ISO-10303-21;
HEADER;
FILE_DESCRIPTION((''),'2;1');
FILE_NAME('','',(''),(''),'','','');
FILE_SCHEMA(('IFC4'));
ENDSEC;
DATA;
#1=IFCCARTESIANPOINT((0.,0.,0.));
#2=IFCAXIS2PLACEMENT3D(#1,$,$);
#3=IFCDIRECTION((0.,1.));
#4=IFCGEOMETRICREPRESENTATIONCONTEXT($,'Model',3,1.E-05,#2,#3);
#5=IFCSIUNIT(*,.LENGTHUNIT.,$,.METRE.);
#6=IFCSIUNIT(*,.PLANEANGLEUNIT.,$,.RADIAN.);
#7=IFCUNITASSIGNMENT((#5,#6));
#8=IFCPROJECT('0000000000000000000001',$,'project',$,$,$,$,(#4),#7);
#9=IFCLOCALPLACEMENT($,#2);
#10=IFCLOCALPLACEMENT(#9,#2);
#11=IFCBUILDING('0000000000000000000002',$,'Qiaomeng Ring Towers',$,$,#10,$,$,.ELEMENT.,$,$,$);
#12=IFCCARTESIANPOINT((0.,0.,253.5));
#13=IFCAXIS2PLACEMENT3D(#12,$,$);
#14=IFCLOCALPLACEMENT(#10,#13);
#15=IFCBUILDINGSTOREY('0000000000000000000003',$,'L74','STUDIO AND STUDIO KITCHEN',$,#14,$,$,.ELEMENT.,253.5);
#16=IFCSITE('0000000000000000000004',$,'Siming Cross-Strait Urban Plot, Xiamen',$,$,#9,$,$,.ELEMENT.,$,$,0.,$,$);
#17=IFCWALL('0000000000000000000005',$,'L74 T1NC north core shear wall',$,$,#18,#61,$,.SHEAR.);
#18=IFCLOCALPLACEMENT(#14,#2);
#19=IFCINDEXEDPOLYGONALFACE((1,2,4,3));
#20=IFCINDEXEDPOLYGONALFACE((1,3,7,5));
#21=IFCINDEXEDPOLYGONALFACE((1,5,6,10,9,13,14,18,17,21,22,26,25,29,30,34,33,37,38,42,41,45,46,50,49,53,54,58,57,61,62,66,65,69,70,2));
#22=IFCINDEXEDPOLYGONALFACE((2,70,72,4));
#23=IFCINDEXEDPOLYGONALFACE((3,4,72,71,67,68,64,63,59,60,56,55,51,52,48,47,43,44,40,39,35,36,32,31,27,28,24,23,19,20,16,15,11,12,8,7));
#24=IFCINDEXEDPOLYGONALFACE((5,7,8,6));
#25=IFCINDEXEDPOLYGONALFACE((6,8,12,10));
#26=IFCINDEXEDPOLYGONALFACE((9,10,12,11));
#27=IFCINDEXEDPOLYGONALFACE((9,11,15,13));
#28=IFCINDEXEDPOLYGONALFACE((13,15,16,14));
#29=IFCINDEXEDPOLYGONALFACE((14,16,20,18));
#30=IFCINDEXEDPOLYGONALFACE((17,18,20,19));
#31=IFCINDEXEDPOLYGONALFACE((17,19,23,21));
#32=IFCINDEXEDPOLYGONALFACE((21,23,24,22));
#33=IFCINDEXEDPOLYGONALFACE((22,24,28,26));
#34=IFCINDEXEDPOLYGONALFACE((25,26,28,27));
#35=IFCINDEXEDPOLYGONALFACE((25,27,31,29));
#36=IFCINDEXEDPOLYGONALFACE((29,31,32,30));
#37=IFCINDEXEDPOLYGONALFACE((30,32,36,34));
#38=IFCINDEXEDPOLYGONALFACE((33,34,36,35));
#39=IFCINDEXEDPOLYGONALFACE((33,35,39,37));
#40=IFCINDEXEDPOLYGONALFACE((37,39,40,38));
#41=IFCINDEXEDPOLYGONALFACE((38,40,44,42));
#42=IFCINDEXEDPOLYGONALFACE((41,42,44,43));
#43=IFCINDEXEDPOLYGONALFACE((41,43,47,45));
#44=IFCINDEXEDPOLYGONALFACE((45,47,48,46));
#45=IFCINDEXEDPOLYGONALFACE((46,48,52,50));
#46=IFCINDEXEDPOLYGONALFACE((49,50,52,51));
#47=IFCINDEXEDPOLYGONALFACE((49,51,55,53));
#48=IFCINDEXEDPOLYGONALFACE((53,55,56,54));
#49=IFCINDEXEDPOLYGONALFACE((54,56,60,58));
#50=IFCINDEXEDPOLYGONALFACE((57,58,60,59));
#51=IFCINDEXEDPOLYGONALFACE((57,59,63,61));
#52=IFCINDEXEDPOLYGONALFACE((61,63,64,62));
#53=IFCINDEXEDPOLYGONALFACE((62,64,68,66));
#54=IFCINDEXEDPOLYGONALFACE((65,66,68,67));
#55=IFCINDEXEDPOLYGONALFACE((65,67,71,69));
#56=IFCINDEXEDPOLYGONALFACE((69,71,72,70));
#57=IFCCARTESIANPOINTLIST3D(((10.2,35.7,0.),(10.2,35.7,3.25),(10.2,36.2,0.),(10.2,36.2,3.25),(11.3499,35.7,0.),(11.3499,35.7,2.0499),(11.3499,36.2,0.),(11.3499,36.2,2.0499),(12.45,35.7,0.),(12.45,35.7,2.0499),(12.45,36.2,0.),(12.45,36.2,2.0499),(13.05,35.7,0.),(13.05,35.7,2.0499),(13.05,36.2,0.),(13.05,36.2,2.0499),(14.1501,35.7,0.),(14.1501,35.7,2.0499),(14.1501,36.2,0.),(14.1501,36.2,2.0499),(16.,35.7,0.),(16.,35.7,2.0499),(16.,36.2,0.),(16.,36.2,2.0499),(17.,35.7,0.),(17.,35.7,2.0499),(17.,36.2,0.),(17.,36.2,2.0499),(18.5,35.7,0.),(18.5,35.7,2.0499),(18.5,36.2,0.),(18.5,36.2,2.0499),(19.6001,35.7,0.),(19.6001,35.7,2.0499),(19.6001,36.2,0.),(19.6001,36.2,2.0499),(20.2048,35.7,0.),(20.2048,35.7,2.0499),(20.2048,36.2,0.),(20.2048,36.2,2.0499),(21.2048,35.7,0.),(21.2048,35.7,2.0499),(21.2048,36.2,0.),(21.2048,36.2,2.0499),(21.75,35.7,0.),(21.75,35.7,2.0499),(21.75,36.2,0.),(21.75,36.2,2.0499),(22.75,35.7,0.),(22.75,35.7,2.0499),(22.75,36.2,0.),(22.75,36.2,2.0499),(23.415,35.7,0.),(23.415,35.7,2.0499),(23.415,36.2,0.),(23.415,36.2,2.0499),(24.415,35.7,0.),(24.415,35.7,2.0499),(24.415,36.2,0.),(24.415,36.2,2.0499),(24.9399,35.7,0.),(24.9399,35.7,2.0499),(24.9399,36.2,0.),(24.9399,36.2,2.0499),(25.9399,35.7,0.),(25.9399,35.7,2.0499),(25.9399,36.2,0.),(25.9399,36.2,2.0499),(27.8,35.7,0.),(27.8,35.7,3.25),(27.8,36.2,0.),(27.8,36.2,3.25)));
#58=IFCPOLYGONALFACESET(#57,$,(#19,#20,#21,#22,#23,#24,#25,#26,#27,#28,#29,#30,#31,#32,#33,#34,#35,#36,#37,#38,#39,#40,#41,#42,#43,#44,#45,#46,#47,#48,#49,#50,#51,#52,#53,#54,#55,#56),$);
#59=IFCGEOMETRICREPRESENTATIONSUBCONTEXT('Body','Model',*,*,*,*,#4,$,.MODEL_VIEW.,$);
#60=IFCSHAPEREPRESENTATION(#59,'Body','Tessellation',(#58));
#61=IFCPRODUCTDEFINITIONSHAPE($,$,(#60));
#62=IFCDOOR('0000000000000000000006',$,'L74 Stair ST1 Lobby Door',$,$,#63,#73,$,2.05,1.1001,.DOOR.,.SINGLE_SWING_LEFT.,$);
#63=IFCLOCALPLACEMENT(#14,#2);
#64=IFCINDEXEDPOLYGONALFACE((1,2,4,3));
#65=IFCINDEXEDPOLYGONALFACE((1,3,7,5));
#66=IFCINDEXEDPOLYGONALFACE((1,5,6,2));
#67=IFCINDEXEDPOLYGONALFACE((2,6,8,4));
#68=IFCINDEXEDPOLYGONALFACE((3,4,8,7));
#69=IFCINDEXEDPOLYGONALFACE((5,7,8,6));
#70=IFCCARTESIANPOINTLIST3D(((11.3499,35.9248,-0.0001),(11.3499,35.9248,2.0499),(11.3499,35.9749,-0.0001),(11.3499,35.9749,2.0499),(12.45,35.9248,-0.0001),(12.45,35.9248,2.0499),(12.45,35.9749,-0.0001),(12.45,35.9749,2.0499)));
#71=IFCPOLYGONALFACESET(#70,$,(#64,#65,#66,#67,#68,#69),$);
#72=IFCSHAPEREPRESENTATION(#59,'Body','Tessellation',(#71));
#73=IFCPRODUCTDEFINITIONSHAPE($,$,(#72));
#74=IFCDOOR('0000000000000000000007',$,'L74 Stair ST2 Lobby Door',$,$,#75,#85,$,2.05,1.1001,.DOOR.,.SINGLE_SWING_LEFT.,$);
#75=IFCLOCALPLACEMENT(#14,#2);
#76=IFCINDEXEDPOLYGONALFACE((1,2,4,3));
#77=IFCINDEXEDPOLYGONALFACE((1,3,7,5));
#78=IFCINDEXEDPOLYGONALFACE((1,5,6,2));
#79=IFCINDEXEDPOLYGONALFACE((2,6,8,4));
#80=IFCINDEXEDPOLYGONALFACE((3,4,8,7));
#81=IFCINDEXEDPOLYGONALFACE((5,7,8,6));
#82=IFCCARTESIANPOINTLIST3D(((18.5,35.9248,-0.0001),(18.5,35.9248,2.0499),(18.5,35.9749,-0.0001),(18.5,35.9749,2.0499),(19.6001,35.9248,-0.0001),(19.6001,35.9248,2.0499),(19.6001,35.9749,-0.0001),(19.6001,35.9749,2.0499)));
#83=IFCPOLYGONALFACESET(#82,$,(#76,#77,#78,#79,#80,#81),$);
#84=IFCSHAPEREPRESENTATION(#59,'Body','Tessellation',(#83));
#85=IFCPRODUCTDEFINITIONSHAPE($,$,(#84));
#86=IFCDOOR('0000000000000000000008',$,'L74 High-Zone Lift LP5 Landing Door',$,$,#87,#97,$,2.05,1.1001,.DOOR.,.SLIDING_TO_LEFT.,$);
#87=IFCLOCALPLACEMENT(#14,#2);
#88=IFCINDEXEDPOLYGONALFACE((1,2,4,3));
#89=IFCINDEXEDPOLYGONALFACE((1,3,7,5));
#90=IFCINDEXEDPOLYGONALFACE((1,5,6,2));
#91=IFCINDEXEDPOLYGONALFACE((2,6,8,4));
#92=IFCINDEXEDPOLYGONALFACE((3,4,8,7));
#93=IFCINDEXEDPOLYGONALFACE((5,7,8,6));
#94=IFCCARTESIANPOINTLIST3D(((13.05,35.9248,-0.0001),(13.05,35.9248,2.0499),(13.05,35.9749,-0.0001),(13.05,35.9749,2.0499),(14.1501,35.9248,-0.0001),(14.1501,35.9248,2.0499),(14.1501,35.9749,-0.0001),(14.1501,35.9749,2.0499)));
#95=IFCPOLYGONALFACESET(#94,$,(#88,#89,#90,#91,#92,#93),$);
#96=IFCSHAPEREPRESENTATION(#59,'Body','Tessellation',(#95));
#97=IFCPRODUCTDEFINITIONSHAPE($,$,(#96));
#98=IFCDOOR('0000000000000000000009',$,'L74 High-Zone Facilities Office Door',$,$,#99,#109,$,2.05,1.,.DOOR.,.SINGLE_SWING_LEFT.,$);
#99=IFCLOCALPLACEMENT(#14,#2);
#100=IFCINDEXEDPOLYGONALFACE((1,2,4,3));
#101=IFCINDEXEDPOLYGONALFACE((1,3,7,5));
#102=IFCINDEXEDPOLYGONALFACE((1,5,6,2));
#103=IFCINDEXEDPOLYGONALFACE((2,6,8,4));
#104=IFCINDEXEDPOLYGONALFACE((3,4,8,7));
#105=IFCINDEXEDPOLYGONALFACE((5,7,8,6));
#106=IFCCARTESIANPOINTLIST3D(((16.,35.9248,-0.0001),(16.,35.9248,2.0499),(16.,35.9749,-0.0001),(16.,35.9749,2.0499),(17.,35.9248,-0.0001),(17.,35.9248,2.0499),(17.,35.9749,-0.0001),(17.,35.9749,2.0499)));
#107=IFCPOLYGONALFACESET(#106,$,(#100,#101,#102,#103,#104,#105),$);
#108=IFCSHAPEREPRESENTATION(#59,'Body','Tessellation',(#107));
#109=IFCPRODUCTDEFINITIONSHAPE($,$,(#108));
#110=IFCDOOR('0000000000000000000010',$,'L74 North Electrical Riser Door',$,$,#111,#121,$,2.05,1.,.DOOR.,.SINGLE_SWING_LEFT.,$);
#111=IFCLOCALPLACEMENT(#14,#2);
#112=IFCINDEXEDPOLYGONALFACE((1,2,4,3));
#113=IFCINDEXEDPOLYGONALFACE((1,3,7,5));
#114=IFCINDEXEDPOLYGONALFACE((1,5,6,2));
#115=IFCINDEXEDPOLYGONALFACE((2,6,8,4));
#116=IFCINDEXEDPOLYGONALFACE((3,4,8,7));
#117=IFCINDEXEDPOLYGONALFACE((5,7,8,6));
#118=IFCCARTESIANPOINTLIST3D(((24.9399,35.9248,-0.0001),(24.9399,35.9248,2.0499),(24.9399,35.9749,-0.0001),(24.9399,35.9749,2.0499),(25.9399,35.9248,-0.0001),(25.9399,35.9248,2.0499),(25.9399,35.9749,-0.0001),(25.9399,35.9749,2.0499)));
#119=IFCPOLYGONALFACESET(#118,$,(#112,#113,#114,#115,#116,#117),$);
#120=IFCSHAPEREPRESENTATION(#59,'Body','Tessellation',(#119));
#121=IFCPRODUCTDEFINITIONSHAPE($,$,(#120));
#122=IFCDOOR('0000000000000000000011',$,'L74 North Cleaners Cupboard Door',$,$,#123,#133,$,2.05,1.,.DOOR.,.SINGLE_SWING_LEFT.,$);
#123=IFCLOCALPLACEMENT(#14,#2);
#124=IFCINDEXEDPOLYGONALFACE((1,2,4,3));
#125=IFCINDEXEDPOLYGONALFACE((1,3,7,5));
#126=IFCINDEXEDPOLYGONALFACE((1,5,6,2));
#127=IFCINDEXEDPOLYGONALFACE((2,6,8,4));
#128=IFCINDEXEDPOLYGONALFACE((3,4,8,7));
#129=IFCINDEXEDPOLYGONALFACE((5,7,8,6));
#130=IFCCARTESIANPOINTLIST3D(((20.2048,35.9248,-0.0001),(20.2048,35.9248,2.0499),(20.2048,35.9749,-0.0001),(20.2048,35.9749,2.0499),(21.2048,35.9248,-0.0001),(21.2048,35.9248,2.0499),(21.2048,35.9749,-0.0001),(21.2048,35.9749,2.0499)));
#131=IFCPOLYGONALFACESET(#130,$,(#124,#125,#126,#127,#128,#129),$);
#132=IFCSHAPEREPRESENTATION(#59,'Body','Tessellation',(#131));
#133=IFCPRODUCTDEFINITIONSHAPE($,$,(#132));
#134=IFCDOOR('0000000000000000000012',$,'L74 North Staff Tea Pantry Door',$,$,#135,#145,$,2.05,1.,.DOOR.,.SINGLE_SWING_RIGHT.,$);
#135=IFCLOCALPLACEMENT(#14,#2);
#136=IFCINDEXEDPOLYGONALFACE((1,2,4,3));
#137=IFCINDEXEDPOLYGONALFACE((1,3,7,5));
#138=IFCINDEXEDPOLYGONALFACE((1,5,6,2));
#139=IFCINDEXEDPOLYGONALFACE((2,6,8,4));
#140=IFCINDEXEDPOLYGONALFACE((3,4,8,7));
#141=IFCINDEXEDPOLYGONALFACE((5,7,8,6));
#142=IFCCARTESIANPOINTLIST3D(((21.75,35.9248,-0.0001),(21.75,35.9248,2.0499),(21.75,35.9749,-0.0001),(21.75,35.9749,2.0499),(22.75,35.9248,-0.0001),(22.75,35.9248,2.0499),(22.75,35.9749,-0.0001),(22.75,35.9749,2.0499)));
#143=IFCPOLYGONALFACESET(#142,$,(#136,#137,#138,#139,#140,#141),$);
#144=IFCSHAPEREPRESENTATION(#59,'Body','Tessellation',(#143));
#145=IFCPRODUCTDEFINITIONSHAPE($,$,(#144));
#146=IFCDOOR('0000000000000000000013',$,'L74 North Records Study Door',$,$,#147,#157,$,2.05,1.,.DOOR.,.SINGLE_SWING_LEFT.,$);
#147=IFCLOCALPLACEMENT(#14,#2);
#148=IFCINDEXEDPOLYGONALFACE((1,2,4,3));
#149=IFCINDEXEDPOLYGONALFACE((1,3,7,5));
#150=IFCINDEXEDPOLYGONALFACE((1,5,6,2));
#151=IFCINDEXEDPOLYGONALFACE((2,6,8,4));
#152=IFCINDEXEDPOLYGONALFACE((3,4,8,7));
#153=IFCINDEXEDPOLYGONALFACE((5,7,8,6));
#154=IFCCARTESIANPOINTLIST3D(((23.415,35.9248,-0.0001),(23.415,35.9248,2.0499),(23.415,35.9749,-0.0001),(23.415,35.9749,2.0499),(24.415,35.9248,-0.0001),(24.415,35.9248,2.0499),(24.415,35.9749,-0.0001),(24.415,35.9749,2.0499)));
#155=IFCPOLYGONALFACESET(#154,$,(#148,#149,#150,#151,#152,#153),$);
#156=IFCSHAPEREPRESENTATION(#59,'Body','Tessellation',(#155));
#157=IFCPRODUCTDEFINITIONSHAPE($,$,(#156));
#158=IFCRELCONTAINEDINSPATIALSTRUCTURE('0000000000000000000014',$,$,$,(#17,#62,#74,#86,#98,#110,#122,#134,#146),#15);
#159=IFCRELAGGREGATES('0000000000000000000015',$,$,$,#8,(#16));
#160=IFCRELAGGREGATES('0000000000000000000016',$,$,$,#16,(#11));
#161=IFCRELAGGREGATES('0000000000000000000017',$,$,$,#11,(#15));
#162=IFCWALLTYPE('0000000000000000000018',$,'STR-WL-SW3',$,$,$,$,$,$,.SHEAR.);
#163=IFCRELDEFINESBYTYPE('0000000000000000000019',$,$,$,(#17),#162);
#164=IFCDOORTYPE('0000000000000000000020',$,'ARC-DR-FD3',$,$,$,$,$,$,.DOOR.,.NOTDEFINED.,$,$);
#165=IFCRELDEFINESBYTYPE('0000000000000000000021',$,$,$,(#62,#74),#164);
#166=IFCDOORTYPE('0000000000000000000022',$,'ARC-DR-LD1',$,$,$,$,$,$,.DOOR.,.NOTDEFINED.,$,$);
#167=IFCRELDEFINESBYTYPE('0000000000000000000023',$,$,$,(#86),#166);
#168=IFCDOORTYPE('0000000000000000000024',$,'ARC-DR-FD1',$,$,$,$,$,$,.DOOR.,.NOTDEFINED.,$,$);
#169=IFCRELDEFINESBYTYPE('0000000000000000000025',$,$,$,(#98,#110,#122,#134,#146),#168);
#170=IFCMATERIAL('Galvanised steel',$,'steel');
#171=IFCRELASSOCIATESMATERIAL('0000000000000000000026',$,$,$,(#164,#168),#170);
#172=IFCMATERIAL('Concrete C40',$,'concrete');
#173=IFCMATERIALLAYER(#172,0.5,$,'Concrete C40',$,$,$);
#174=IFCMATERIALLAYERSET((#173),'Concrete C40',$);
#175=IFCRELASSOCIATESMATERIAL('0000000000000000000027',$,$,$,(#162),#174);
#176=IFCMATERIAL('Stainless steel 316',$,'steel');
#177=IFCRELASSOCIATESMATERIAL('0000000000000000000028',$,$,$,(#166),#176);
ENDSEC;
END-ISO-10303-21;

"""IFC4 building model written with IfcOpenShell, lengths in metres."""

from ifc_helpers import new_model, si_unit, direction, frame, frame_2d, origin, place, context, subcontext, project, spatial, rectangle, extrude, source, transform, mapped, material, layer, layer_set, type_object, element, fill, save


model = new_model("IFC4")

# Units and contexts
model_context = context("Model", 3, precision=1e-05, world=origin(), true_north=direction((0.0, 1.0)))
body_context = subcontext(model_context, "Body", "Model", "MODEL_VIEW")
ifc_project = project(units=[si_unit("LENGTHUNIT", "METRE"), si_unit("PLANEANGLEUNIT", "RADIAN")], contexts=[model_context])

# Site, building, storey
site_placement = place(None, origin())
site = spatial("IfcSite", under=ifc_project, at=site_placement, Name="Siming Cross-Strait Urban Plot, Xiamen", CompositionType="ELEMENT", RefElevation=0.0)
building_placement = place(site_placement, origin())
building = spatial("IfcBuilding", under=site, at=building_placement, Name="Qiaomeng Ring Towers", CompositionType="ELEMENT")
storey_placement = place(building_placement, frame((0.0, 0.0, 253.5)))
storey = spatial("IfcBuildingStorey", under=building, at=storey_placement, Name="L74", Description="STUDIO AND STUDIO KITCHEN", CompositionType="ELEMENT", Elevation=253.5)

# Shared definitions
ifc_material_1 = material(Name="Concrete C40", Category="concrete")

# Shared definitions
ifc_material_2 = material(Name="Galvanised steel", Category="steel")
door_type_1 = type_object("IfcDoorType", Name="ARC-DR-FD3", OperationType="NOTDEFINED", PredefinedType="DOOR", material=ifc_material_2)
shared_shape_1 = source(origin(), body_context, "Body", "SweptSolid", [
    extrude(rectangle(XDim=1.1001, YDim=2.05, at=frame_2d((0.55, 1.0249))), frame((0.0, 0.0249, 0.0), z_axis=(0.0, -1.0, 0.0), x_axis=(1.0, 0.0, 0.0)), (0.0, 0.0, 1.0), 0.05),
])

# Wall, openings, doors
ifc_layer_1 = layer(ifc_material_1, 0.5, Name="Concrete C40")
ifc_layer_set_1 = layer_set([ifc_layer_1], Name="Concrete C40")
wall_type_1 = type_object("IfcWallType", Name="STR-WL-SW3", PredefinedType="SHEAR", material=ifc_layer_set_1)
wall_1_placement = place(storey_placement, frame((10.2, 35.95, 0.0), z_axis=(0.0, 0.0, 1.0), x_axis=(1.0, 0.0, 0.0)))
wall_1 = element("IfcWall", 1, at=wall_1_placement, inside=storey, type_object=wall_type_1, Name="L74 T1NC north core shear wall", PredefinedType="SHEAR", context=body_context, shape_type="SweptSolid", body=[
    extrude(rectangle(XDim=17.6001, YDim=0.5, at=frame_2d((8.8, 0.0))), origin(), (0.0, 0.0, 1.0), 3.25),
])
opening_1_placement = place(wall_1_placement, frame((1.1499, 0.0, 0.0)))
opening_1 = element("IfcOpeningElement", 2, at=opening_1_placement, cuts=wall_1, PredefinedType="OPENING", context=body_context, shape_type="SweptSolid", body=[
    extrude(rectangle(XDim=1.1001, YDim=2.05, at=frame_2d((0.55, 1.0249))), frame((0.0, 0.26, 0.0), z_axis=(0.0, -1.0, 0.0), x_axis=(1.0, 0.0, 0.0)), (0.0, 0.0, 1.0), 0.52),
])
opening_2_placement = place(wall_1_placement, frame((8.3, 0.0, 0.0)))
opening_2 = element("IfcOpeningElement", 3, at=opening_2_placement, cuts=wall_1, PredefinedType="OPENING", context=body_context, shape_type="SweptSolid", body=[
    extrude(rectangle(XDim=1.1001, YDim=2.05, at=frame_2d((0.55, 1.0249))), frame((0.0, 0.26, 0.0), z_axis=(0.0, -1.0, 0.0), x_axis=(1.0, 0.0, 0.0)), (0.0, 0.0, 1.0), 0.52),
])
opening_3_placement = place(wall_1_placement, frame((2.8501, 0.0, 0.0)))
opening_3 = element("IfcOpeningElement", 4, at=opening_3_placement, cuts=wall_1, PredefinedType="OPENING", context=body_context, shape_type="SweptSolid", body=[
    extrude(rectangle(XDim=1.1001, YDim=2.05, at=frame_2d((0.55, 1.0249))), frame((0.0, 0.26, 0.0), z_axis=(0.0, -1.0, 0.0), x_axis=(1.0, 0.0, 0.0)), (0.0, 0.0, 1.0), 0.52),
])
opening_4_placement = place(wall_1_placement, frame((5.8, 0.0, 0.0)))
opening_4 = element("IfcOpeningElement", 5, at=opening_4_placement, cuts=wall_1, PredefinedType="OPENING", context=body_context, shape_type="SweptSolid", body=[
    extrude(rectangle(XDim=1.0, YDim=2.05, at=frame_2d((0.5, 1.0249))), frame((0.0, 0.26, 0.0), z_axis=(0.0, -1.0, 0.0), x_axis=(1.0, 0.0, 0.0)), (0.0, 0.0, 1.0), 0.52),
])
opening_5_placement = place(wall_1_placement, frame((14.74, 0.0, 0.0)))
opening_5 = element("IfcOpeningElement", 6, at=opening_5_placement, cuts=wall_1, PredefinedType="OPENING", context=body_context, shape_type="SweptSolid", body=[
    extrude(rectangle(XDim=1.0, YDim=2.05, at=frame_2d((0.5, 1.0249))), frame((0.0, 0.26, 0.0), z_axis=(0.0, -1.0, 0.0), x_axis=(1.0, 0.0, 0.0)), (0.0, 0.0, 1.0), 0.52),
])
opening_6_placement = place(wall_1_placement, frame((10.0049, 0.0, 0.0)))
opening_6 = element("IfcOpeningElement", 7, at=opening_6_placement, cuts=wall_1, PredefinedType="OPENING", context=body_context, shape_type="SweptSolid", body=[
    extrude(rectangle(XDim=1.0, YDim=2.05, at=frame_2d((0.5, 1.0249))), frame((0.0, 0.26, 0.0), z_axis=(0.0, -1.0, 0.0), x_axis=(1.0, 0.0, 0.0)), (0.0, 0.0, 1.0), 0.52),
])
opening_7_placement = place(wall_1_placement, frame((11.55, 0.0, 0.0)))
opening_7 = element("IfcOpeningElement", 8, at=opening_7_placement, cuts=wall_1, PredefinedType="OPENING", context=body_context, shape_type="SweptSolid", body=[
    extrude(rectangle(XDim=1.0, YDim=2.05, at=frame_2d((0.5, 1.0249))), frame((0.0, 0.26, 0.0), z_axis=(0.0, -1.0, 0.0), x_axis=(1.0, 0.0, 0.0)), (0.0, 0.0, 1.0), 0.52),
])
opening_8_placement = place(wall_1_placement, frame((13.2151, 0.0, 0.0)))
opening_8 = element("IfcOpeningElement", 9, at=opening_8_placement, cuts=wall_1, PredefinedType="OPENING", context=body_context, shape_type="SweptSolid", body=[
    extrude(rectangle(XDim=1.0, YDim=2.05, at=frame_2d((0.5, 1.0249))), frame((0.0, 0.26, 0.0), z_axis=(0.0, -1.0, 0.0), x_axis=(1.0, 0.0, 0.0)), (0.0, 0.0, 1.0), 0.52),
])
door_1_placement = place(opening_1_placement, origin())
door_1 = element("IfcDoor", 10, at=door_1_placement, inside=storey, type_object=door_type_1, Name="L74 Stair ST1 Lobby Door", OperationType="SINGLE_SWING_LEFT", OverallHeight=2.05, OverallWidth=1.1001, PredefinedType="DOOR", context=body_context, shape_type="MappedRepresentation", body=[
    mapped(shared_shape_1, transform((0.0, 0.0, 0.0), x_axis=(1.0, 0.0, 0.0), y_axis=(0.0, 1.0, 0.0), z_axis=(0.0, 0.0, 1.0), scale=1.0)),
])
fill(opening_1, door_1)
door_2_placement = place(opening_2_placement, origin())
door_2 = element("IfcDoor", 11, at=door_2_placement, inside=storey, type_object=door_type_1, Name="L74 Stair ST2 Lobby Door", OperationType="SINGLE_SWING_LEFT", OverallHeight=2.05, OverallWidth=1.1001, PredefinedType="DOOR", context=body_context, shape_type="MappedRepresentation", body=[
    mapped(shared_shape_1, transform((0.0, 0.0, 0.0), x_axis=(1.0, 0.0, 0.0), y_axis=(0.0, 1.0, 0.0), z_axis=(0.0, 0.0, 1.0), scale=1.0)),
])
fill(opening_2, door_2)
ifc_material_3 = material(Name="Stainless steel 316", Category="steel")
door_type_2 = type_object("IfcDoorType", Name="ARC-DR-LD1", OperationType="NOTDEFINED", PredefinedType="DOOR", material=ifc_material_3)
door_3_placement = place(opening_3_placement, origin())
door_3 = element("IfcDoor", 12, at=door_3_placement, inside=storey, type_object=door_type_2, Name="L74 High-Zone Lift LP5 Landing Door", OperationType="SLIDING_TO_LEFT", OverallHeight=2.05, OverallWidth=1.1001, PredefinedType="DOOR", context=body_context, shape_type="MappedRepresentation", body=[
    mapped(shared_shape_1, transform((0.0, 0.0, 0.0), x_axis=(1.0, 0.0, 0.0), y_axis=(0.0, 1.0, 0.0), z_axis=(0.0, 0.0, 1.0), scale=1.0)),
])
fill(opening_3, door_3)
door_type_3 = type_object("IfcDoorType", Name="ARC-DR-FD1", OperationType="NOTDEFINED", PredefinedType="DOOR", material=ifc_material_2)
shared_shape_2 = source(origin(), body_context, "Body", "SweptSolid", [
    extrude(rectangle(XDim=1.0, YDim=2.05, at=frame_2d((0.5, 1.0249))), frame((0.0, 0.0249, 0.0), z_axis=(0.0, -1.0, 0.0), x_axis=(1.0, 0.0, 0.0)), (0.0, 0.0, 1.0), 0.05),
])
door_4_placement = place(opening_4_placement, origin())
door_4 = element("IfcDoor", 13, at=door_4_placement, inside=storey, type_object=door_type_3, Name="L74 High-Zone Facilities Office Door", OperationType="SINGLE_SWING_LEFT", OverallHeight=2.05, OverallWidth=1.0, PredefinedType="DOOR", context=body_context, shape_type="MappedRepresentation", body=[
    mapped(shared_shape_2, transform((0.0, 0.0, 0.0), x_axis=(1.0, 0.0, 0.0), y_axis=(0.0, 1.0, 0.0), z_axis=(0.0, 0.0, 1.0), scale=1.0)),
])
fill(opening_4, door_4)
door_5_placement = place(opening_5_placement, origin())
door_5 = element("IfcDoor", 14, at=door_5_placement, inside=storey, type_object=door_type_3, Name="L74 North Electrical Riser Door", OperationType="SINGLE_SWING_LEFT", OverallHeight=2.05, OverallWidth=1.0, PredefinedType="DOOR", context=body_context, shape_type="MappedRepresentation", body=[
    mapped(shared_shape_2, transform((0.0, 0.0, 0.0), x_axis=(1.0, 0.0, 0.0), y_axis=(0.0, 1.0, 0.0), z_axis=(0.0, 0.0, 1.0), scale=1.0)),
])
fill(opening_5, door_5)
door_6_placement = place(opening_6_placement, origin())
door_6 = element("IfcDoor", 15, at=door_6_placement, inside=storey, type_object=door_type_3, Name="L74 North Cleaners Cupboard Door", OperationType="SINGLE_SWING_LEFT", OverallHeight=2.05, OverallWidth=1.0, PredefinedType="DOOR", context=body_context, shape_type="MappedRepresentation", body=[
    mapped(shared_shape_2, transform((0.0, 0.0, 0.0), x_axis=(1.0, 0.0, 0.0), y_axis=(0.0, 1.0, 0.0), z_axis=(0.0, 0.0, 1.0), scale=1.0)),
])
fill(opening_6, door_6)
door_7_placement = place(opening_7_placement, origin())
door_7 = element("IfcDoor", 16, at=door_7_placement, inside=storey, type_object=door_type_3, Name="L74 North Staff Tea Pantry Door", OperationType="SINGLE_SWING_RIGHT", OverallHeight=2.05, OverallWidth=1.0, PredefinedType="DOOR", context=body_context, shape_type="MappedRepresentation", body=[
    mapped(shared_shape_2, transform((0.0, 0.0, 0.0), x_axis=(1.0, 0.0, 0.0), y_axis=(0.0, 1.0, 0.0), z_axis=(0.0, 0.0, 1.0), scale=1.0)),
])
fill(opening_7, door_7)
door_8_placement = place(opening_8_placement, origin())
door_8 = element("IfcDoor", 17, at=door_8_placement, inside=storey, type_object=door_type_3, Name="L74 North Records Study Door", OperationType="SINGLE_SWING_LEFT", OverallHeight=2.05, OverallWidth=1.0, PredefinedType="DOOR", context=body_context, shape_type="MappedRepresentation", body=[
    mapped(shared_shape_2, transform((0.0, 0.0, 0.0), x_axis=(1.0, 0.0, 0.0), y_axis=(0.0, 1.0, 0.0), z_axis=(0.0, 0.0, 1.0), scale=1.0)),
])
fill(opening_8, door_8)

save(model, "model.ifc")
